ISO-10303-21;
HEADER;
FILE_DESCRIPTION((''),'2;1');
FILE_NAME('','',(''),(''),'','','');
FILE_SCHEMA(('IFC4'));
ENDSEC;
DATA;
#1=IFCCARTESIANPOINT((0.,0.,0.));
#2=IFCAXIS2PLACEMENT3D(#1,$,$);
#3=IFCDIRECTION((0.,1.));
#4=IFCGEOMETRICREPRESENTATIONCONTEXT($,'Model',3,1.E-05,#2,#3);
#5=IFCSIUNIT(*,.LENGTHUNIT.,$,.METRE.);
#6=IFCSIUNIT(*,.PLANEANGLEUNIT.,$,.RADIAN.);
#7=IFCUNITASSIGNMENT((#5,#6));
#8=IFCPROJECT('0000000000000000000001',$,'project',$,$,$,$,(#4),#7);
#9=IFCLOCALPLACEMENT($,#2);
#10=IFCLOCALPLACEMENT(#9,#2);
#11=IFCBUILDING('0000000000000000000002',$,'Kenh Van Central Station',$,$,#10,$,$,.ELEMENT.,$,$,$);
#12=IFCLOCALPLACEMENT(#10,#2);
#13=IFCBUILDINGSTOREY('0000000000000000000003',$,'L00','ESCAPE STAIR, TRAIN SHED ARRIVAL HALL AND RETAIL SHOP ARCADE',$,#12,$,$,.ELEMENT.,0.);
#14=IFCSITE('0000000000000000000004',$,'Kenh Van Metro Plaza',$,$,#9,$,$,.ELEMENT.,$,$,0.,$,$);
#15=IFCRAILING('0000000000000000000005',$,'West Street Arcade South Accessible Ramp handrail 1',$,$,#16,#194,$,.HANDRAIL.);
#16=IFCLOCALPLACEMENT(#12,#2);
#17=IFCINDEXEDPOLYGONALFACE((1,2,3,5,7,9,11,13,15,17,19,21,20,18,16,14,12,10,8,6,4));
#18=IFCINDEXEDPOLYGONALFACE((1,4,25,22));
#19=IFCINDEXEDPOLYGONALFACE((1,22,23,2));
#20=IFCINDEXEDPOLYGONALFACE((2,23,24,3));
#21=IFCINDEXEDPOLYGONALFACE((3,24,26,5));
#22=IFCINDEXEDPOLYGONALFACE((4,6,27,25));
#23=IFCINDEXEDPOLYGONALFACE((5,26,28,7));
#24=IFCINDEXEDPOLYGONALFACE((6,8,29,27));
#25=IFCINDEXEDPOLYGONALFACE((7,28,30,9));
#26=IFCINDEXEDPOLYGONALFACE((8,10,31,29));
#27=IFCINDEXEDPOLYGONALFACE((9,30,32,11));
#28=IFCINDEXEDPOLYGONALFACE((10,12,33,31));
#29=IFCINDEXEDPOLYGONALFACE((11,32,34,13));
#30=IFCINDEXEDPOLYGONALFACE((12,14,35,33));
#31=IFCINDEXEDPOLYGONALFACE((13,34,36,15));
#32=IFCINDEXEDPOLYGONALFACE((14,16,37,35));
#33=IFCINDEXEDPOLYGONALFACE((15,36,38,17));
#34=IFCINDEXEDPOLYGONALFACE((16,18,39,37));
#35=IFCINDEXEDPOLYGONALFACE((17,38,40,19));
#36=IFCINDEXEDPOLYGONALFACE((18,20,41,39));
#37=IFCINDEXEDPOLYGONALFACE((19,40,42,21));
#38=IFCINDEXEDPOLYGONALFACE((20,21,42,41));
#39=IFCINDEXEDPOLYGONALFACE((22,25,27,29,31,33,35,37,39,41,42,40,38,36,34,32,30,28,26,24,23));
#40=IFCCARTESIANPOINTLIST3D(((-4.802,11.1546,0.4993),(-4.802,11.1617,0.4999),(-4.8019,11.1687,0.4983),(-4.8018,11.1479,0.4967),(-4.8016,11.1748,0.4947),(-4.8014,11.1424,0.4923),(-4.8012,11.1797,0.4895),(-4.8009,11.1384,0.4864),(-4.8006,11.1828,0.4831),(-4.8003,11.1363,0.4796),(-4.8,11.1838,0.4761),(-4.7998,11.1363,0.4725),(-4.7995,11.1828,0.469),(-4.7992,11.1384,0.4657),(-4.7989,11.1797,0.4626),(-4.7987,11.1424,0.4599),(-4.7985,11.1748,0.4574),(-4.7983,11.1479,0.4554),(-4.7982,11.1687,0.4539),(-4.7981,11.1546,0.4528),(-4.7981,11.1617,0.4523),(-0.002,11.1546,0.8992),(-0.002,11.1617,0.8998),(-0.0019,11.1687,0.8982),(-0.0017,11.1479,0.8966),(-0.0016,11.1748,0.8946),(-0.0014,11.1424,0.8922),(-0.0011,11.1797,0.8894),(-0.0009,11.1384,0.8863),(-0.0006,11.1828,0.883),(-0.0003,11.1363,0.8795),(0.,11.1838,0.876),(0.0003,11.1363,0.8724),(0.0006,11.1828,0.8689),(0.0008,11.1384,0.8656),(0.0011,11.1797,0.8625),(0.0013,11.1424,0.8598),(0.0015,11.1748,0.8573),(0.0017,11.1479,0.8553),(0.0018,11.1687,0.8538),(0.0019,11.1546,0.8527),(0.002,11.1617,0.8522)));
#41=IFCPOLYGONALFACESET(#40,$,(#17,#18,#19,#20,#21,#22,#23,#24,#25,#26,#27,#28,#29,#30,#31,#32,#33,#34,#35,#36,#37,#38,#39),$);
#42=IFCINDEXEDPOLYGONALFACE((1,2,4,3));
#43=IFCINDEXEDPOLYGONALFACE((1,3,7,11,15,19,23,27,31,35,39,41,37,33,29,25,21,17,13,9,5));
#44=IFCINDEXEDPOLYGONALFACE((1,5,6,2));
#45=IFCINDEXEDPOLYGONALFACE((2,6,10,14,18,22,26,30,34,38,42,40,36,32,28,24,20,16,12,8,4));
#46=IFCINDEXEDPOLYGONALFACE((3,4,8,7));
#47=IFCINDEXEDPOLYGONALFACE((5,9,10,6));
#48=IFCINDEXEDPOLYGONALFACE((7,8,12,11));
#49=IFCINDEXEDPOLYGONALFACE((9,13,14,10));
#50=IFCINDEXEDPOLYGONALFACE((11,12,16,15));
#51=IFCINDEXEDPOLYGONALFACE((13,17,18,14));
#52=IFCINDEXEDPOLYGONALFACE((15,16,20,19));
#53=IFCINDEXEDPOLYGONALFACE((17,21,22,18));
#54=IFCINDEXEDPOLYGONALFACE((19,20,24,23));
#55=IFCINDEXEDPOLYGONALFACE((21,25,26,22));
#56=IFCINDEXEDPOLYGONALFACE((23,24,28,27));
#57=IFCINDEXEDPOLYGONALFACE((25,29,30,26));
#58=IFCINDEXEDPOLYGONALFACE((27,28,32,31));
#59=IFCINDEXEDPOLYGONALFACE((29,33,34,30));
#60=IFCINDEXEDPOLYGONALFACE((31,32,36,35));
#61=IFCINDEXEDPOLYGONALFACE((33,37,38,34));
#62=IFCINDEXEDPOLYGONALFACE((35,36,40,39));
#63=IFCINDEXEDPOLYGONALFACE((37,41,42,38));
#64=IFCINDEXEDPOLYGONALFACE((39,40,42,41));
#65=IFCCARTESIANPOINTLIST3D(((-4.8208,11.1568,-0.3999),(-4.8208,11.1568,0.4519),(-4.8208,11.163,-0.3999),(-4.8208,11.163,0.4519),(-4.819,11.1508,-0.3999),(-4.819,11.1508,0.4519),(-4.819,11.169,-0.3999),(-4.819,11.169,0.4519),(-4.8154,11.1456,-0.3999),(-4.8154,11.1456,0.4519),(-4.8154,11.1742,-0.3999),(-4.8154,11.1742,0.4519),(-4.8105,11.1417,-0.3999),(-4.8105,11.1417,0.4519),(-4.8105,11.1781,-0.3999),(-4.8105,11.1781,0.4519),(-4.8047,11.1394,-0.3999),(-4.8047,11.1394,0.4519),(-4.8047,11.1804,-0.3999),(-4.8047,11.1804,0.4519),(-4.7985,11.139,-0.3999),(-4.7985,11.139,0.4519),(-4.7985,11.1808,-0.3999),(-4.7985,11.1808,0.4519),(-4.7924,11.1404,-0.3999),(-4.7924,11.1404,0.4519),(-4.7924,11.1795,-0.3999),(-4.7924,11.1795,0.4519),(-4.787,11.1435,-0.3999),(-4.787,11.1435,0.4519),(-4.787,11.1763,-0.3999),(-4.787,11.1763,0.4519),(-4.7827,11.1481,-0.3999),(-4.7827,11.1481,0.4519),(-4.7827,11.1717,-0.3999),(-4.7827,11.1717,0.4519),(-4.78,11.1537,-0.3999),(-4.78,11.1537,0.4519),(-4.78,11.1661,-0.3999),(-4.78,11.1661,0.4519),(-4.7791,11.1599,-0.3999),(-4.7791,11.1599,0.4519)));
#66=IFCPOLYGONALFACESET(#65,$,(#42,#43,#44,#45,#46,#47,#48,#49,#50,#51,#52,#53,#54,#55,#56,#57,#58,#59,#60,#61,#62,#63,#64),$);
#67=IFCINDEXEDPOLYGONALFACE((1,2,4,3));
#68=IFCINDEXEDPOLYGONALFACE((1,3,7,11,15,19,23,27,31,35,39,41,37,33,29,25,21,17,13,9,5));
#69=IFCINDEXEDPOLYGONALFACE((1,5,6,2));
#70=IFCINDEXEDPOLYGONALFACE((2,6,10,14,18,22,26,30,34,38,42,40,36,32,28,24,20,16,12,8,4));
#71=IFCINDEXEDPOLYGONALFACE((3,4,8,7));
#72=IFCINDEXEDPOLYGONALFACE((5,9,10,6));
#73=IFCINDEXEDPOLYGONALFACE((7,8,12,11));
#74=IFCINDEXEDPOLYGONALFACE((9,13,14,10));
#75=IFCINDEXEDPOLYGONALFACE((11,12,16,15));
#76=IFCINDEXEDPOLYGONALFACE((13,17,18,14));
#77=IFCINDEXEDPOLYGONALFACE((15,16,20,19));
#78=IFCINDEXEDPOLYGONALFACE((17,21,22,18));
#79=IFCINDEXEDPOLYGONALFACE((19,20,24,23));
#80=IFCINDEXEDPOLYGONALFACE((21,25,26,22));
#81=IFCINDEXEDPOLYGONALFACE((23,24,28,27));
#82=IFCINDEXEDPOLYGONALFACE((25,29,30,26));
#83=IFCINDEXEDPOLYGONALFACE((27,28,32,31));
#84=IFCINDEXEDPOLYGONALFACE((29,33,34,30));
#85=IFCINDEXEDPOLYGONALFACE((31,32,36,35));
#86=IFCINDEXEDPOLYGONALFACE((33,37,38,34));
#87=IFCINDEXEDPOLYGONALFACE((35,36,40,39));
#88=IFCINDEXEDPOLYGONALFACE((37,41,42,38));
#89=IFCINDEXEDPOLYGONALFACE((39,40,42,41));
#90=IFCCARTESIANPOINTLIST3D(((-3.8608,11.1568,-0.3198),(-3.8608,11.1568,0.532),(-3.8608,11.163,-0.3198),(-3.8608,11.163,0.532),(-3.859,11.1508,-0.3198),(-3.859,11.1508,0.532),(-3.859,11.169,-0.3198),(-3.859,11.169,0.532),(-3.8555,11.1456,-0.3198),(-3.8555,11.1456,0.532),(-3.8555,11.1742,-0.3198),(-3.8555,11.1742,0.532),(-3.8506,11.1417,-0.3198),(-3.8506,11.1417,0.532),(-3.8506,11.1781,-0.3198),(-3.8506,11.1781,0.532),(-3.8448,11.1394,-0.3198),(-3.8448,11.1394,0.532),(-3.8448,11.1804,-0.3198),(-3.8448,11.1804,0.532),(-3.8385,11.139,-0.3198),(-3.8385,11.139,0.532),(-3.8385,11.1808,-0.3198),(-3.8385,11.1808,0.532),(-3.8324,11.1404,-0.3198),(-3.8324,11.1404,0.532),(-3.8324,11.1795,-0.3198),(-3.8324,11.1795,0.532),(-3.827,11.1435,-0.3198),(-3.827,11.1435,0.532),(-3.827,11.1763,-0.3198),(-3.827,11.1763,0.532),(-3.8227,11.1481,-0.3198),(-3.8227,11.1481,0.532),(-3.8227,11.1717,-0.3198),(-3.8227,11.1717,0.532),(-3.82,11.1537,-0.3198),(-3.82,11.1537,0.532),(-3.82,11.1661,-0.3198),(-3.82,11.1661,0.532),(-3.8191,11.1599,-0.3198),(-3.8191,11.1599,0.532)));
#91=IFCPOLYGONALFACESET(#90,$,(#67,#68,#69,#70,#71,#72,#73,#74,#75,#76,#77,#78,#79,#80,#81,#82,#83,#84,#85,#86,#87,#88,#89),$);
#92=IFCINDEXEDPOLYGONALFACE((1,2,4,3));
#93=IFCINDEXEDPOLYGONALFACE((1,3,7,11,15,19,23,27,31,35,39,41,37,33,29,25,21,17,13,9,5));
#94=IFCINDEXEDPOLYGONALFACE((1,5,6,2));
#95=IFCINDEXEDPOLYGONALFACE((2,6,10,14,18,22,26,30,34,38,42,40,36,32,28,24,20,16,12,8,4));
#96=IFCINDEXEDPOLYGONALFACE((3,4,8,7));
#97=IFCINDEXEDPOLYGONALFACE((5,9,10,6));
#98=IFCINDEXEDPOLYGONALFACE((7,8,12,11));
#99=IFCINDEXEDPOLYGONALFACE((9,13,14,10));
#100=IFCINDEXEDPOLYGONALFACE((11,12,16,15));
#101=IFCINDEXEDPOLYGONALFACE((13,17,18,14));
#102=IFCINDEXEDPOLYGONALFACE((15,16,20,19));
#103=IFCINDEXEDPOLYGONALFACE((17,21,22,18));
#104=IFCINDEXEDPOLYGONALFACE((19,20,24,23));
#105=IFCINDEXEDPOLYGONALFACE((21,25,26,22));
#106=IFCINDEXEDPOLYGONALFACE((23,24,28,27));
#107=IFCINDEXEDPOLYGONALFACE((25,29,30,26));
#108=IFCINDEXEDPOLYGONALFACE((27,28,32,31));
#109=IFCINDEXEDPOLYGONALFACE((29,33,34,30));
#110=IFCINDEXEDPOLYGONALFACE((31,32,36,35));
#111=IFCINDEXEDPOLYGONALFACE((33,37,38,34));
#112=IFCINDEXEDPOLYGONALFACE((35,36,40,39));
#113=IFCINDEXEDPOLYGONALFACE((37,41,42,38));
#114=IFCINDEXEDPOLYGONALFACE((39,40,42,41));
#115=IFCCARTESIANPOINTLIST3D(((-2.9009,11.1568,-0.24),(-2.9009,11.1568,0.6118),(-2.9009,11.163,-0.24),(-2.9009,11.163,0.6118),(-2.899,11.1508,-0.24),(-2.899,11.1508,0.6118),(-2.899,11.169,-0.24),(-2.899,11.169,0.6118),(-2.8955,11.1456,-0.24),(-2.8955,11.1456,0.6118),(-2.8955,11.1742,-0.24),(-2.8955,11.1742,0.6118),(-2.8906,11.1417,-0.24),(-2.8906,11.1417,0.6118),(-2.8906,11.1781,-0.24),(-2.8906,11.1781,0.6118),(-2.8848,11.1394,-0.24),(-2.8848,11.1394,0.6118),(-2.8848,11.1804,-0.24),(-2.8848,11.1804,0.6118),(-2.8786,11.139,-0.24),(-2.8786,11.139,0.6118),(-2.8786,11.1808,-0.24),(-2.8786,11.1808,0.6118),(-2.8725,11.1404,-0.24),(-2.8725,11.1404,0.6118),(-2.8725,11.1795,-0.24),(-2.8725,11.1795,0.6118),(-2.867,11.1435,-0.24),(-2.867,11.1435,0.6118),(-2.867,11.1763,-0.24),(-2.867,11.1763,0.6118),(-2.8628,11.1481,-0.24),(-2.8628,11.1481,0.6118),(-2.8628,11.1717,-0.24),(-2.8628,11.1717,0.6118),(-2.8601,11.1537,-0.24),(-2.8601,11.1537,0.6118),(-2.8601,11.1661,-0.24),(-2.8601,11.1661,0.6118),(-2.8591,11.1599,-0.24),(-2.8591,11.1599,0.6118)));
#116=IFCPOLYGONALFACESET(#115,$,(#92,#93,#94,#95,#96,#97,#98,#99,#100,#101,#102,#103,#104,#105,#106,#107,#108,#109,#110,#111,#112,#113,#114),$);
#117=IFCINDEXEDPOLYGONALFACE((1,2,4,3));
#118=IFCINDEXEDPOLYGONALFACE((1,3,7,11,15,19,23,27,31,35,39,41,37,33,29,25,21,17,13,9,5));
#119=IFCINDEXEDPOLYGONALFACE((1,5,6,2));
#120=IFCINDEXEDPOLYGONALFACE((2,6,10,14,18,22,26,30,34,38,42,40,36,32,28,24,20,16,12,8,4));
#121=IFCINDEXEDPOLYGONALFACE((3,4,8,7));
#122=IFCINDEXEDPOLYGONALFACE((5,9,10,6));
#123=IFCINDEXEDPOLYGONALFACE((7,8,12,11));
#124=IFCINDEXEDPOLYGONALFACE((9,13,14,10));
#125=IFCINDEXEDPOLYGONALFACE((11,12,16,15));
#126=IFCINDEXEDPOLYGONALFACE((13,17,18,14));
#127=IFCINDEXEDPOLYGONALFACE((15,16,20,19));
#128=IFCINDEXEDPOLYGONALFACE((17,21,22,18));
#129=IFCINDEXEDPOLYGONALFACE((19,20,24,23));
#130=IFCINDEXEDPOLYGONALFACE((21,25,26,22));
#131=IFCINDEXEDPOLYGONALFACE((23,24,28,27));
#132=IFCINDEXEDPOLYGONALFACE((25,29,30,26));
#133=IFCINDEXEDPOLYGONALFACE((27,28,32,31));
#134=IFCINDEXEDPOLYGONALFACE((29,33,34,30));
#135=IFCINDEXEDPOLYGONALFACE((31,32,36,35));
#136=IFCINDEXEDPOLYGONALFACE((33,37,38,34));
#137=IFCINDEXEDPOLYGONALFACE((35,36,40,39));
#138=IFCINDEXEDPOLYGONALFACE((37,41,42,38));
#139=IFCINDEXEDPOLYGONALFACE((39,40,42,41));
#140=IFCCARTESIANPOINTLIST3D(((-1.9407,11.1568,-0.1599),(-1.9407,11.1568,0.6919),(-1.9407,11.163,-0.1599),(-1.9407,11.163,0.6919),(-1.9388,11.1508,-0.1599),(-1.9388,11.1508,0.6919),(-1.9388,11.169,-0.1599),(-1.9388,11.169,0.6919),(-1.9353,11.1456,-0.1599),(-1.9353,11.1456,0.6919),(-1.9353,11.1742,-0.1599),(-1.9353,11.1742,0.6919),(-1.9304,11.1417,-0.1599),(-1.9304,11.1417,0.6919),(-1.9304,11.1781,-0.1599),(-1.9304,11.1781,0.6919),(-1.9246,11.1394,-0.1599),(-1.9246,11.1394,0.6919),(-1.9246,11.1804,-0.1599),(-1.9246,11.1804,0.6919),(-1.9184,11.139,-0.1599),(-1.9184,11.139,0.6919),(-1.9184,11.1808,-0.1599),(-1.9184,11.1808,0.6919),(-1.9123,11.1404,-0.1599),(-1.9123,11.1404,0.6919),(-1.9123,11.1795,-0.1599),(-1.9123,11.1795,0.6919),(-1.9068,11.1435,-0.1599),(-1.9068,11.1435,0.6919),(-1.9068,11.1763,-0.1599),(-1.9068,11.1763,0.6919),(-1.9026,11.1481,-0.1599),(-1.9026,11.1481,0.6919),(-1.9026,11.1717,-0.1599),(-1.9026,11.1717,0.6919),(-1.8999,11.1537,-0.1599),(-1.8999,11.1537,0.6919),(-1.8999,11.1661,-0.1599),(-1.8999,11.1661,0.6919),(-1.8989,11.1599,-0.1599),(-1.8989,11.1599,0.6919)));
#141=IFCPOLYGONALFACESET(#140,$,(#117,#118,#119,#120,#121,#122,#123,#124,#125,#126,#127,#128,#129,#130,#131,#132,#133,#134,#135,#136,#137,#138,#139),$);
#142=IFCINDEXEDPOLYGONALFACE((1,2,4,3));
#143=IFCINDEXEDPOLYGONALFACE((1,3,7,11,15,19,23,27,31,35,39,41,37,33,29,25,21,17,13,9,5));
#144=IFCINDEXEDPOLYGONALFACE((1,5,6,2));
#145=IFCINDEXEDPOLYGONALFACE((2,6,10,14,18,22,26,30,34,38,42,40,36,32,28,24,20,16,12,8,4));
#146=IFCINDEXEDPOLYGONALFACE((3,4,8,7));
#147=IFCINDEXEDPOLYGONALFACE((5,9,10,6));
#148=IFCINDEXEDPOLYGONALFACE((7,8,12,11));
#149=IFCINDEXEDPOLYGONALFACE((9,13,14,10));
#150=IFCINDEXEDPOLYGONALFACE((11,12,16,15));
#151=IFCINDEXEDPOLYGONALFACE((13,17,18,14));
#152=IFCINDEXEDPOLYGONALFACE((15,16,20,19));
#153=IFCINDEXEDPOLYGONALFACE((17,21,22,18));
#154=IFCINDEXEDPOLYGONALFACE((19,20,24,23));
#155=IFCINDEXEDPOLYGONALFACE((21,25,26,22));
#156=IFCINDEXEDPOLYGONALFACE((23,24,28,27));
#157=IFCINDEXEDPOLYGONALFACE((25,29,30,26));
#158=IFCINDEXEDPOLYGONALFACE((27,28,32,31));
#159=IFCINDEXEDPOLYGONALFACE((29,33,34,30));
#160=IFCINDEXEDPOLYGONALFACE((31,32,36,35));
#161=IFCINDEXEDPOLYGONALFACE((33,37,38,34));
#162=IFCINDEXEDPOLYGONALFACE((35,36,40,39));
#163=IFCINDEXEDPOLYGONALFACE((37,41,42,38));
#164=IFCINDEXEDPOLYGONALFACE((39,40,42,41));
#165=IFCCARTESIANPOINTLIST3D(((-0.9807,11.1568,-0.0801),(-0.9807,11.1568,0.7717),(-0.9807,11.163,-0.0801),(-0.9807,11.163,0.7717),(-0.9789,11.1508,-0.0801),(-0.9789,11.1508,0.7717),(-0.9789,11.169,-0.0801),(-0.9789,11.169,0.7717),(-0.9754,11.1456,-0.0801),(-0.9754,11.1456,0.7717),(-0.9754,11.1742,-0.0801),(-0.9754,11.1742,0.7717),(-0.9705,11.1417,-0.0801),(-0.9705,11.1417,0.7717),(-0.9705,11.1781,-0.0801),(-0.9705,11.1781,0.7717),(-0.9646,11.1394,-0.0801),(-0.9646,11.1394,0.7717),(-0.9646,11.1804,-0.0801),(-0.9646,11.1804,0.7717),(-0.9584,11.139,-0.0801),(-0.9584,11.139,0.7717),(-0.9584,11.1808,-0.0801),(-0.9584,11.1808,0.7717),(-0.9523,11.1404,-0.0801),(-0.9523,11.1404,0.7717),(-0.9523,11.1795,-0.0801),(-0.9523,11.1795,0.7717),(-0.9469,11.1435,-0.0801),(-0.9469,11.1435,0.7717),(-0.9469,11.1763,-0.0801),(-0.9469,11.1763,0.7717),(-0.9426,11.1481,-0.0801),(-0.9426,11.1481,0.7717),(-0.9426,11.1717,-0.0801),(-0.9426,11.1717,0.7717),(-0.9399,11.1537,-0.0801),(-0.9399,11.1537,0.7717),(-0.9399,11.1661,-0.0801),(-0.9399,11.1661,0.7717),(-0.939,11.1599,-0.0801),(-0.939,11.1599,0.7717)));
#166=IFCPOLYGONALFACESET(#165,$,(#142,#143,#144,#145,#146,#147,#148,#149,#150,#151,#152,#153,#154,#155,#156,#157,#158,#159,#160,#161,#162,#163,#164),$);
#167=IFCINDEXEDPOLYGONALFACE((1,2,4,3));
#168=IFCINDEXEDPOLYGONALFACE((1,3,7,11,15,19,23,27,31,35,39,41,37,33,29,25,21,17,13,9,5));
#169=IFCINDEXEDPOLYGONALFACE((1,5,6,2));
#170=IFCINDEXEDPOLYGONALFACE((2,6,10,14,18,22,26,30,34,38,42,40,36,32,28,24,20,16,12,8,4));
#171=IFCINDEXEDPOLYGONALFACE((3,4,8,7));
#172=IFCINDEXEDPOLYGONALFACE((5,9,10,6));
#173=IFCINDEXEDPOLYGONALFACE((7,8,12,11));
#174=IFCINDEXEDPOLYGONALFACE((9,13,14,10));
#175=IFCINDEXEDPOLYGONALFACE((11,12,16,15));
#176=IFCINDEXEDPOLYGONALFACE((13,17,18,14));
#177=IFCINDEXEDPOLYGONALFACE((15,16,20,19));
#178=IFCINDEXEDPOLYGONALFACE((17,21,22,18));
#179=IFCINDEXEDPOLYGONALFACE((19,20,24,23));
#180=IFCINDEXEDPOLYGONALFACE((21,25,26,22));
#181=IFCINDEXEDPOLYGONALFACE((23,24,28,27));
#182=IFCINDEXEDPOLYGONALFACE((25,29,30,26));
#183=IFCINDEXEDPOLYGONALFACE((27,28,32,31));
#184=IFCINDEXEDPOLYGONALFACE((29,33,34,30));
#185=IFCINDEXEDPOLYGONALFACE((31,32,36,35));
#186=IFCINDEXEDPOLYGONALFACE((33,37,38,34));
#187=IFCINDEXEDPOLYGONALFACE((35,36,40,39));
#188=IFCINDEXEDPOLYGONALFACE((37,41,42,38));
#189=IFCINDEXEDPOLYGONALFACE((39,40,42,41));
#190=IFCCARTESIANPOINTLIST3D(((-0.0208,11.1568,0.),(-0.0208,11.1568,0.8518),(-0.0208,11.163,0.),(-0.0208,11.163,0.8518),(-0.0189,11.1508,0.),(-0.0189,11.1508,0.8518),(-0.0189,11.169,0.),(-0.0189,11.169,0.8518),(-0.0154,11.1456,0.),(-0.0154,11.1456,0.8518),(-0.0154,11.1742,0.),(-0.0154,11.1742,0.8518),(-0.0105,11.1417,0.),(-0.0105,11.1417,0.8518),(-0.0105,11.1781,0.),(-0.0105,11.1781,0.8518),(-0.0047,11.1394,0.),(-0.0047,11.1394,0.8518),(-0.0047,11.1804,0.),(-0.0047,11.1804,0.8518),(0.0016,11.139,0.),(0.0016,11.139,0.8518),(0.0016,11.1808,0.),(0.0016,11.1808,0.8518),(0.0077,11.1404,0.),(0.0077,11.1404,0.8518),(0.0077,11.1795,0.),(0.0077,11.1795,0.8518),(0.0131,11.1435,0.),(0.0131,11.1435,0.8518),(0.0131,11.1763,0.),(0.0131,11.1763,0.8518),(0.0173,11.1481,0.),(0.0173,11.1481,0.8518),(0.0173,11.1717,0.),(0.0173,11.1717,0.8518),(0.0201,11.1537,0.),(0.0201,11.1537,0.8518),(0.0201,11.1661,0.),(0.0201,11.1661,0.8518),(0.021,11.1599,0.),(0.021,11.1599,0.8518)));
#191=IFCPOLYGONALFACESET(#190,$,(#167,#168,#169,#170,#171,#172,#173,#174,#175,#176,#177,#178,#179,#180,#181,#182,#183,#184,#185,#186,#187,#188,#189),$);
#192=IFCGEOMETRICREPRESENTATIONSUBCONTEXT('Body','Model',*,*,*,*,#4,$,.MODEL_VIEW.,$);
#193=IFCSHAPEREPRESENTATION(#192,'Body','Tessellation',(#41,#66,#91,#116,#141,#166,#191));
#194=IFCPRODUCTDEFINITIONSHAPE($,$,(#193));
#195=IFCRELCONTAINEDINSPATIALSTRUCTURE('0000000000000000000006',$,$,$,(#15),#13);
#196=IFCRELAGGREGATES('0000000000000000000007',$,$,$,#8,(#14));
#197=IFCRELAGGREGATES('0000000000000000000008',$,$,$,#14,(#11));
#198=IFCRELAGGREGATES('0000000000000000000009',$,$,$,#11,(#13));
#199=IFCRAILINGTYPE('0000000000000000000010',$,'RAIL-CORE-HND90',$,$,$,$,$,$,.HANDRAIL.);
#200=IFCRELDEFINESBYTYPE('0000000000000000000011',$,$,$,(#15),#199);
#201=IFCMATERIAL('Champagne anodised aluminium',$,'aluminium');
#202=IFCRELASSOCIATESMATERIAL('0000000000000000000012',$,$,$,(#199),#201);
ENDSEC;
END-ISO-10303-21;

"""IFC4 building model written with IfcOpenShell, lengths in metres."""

from ifc_helpers import new_model, si_unit, direction, frame, origin, origin_2d, place, context, subcontext, project, spatial, circle, extrude, material, type_object, element, save


model = new_model("IFC4")

# Units and contexts
model_context = context("Model", 3, precision=1e-05, world=origin(), true_north=direction((0.0, 1.0)))
body_context = subcontext(model_context, "Body", "Model", "MODEL_VIEW")
ifc_project = project(units=[si_unit("LENGTHUNIT", "METRE"), si_unit("PLANEANGLEUNIT", "RADIAN")], contexts=[model_context])

# Site, building, storey
site_placement = place(None, origin())
site = spatial("IfcSite", under=ifc_project, at=site_placement, Name="Kenh Van Metro Plaza", CompositionType="ELEMENT", RefElevation=0.0)
building_placement = place(site_placement, origin())
building = spatial("IfcBuilding", under=site, at=building_placement, Name="Kenh Van Central Station", CompositionType="ELEMENT")
storey_placement = place(building_placement, origin())
storey = spatial("IfcBuildingStorey", under=building, at=storey_placement, Name="L00", Description="ESCAPE STAIR, TRAIN SHED ARRIVAL HALL AND RETAIL SHOP ARCADE", CompositionType="ELEMENT", Elevation=0.0)

# Railing
ifc_material_1 = material(Name="Champagne anodised aluminium", Category="aluminium")
railing_type = type_object("IfcRailingType", Name="RAIL-CORE-HND90", PredefinedType="HANDRAIL", material=ifc_material_1)
railing_placement = place(storey_placement, frame((-4.8, 11.1599, -0.3999)))
element("IfcRailing", 1, at=railing_placement, inside=storey, type_object=railing_type, Name="West Street Arcade South Accessible Ramp handrail 1", PredefinedType="HANDRAIL", context=body_context, shape_type="SweptSolid", body=[
    extrude(circle(Radius=0.0239, at=origin_2d()), frame((0.0, 0.0, 0.876), z_axis=(0.996548, 0.0, 0.083025), x_axis=(0.0, 1.0, 0.0)), (0.0, 0.0, 1.0), 4.8167),
    extrude(circle(Radius=0.021, at=origin_2d()), origin(), (0.0, 0.0, 1.0), 0.8518),
    extrude(circle(Radius=0.021, at=origin_2d()), frame((0.96, 0.0, 0.0801)), (0.0, 0.0, 1.0), 0.8518),
    extrude(circle(Radius=0.021, at=origin_2d()), frame((1.9199, 0.0, 0.1599)), (0.0, 0.0, 1.0), 0.8518),
    extrude(circle(Radius=0.021, at=origin_2d()), frame((2.8801, 0.0, 0.24)), (0.0, 0.0, 1.0), 0.8518),
    extrude(circle(Radius=0.021, at=origin_2d()), frame((3.8401, 0.0, 0.3198)), (0.0, 0.0, 1.0), 0.8518),
    extrude(circle(Radius=0.021, at=origin_2d()), frame((4.8, 0.0, 0.3999)), (0.0, 0.0, 1.0), 0.8518),
])

save(model, "model.ifc")
